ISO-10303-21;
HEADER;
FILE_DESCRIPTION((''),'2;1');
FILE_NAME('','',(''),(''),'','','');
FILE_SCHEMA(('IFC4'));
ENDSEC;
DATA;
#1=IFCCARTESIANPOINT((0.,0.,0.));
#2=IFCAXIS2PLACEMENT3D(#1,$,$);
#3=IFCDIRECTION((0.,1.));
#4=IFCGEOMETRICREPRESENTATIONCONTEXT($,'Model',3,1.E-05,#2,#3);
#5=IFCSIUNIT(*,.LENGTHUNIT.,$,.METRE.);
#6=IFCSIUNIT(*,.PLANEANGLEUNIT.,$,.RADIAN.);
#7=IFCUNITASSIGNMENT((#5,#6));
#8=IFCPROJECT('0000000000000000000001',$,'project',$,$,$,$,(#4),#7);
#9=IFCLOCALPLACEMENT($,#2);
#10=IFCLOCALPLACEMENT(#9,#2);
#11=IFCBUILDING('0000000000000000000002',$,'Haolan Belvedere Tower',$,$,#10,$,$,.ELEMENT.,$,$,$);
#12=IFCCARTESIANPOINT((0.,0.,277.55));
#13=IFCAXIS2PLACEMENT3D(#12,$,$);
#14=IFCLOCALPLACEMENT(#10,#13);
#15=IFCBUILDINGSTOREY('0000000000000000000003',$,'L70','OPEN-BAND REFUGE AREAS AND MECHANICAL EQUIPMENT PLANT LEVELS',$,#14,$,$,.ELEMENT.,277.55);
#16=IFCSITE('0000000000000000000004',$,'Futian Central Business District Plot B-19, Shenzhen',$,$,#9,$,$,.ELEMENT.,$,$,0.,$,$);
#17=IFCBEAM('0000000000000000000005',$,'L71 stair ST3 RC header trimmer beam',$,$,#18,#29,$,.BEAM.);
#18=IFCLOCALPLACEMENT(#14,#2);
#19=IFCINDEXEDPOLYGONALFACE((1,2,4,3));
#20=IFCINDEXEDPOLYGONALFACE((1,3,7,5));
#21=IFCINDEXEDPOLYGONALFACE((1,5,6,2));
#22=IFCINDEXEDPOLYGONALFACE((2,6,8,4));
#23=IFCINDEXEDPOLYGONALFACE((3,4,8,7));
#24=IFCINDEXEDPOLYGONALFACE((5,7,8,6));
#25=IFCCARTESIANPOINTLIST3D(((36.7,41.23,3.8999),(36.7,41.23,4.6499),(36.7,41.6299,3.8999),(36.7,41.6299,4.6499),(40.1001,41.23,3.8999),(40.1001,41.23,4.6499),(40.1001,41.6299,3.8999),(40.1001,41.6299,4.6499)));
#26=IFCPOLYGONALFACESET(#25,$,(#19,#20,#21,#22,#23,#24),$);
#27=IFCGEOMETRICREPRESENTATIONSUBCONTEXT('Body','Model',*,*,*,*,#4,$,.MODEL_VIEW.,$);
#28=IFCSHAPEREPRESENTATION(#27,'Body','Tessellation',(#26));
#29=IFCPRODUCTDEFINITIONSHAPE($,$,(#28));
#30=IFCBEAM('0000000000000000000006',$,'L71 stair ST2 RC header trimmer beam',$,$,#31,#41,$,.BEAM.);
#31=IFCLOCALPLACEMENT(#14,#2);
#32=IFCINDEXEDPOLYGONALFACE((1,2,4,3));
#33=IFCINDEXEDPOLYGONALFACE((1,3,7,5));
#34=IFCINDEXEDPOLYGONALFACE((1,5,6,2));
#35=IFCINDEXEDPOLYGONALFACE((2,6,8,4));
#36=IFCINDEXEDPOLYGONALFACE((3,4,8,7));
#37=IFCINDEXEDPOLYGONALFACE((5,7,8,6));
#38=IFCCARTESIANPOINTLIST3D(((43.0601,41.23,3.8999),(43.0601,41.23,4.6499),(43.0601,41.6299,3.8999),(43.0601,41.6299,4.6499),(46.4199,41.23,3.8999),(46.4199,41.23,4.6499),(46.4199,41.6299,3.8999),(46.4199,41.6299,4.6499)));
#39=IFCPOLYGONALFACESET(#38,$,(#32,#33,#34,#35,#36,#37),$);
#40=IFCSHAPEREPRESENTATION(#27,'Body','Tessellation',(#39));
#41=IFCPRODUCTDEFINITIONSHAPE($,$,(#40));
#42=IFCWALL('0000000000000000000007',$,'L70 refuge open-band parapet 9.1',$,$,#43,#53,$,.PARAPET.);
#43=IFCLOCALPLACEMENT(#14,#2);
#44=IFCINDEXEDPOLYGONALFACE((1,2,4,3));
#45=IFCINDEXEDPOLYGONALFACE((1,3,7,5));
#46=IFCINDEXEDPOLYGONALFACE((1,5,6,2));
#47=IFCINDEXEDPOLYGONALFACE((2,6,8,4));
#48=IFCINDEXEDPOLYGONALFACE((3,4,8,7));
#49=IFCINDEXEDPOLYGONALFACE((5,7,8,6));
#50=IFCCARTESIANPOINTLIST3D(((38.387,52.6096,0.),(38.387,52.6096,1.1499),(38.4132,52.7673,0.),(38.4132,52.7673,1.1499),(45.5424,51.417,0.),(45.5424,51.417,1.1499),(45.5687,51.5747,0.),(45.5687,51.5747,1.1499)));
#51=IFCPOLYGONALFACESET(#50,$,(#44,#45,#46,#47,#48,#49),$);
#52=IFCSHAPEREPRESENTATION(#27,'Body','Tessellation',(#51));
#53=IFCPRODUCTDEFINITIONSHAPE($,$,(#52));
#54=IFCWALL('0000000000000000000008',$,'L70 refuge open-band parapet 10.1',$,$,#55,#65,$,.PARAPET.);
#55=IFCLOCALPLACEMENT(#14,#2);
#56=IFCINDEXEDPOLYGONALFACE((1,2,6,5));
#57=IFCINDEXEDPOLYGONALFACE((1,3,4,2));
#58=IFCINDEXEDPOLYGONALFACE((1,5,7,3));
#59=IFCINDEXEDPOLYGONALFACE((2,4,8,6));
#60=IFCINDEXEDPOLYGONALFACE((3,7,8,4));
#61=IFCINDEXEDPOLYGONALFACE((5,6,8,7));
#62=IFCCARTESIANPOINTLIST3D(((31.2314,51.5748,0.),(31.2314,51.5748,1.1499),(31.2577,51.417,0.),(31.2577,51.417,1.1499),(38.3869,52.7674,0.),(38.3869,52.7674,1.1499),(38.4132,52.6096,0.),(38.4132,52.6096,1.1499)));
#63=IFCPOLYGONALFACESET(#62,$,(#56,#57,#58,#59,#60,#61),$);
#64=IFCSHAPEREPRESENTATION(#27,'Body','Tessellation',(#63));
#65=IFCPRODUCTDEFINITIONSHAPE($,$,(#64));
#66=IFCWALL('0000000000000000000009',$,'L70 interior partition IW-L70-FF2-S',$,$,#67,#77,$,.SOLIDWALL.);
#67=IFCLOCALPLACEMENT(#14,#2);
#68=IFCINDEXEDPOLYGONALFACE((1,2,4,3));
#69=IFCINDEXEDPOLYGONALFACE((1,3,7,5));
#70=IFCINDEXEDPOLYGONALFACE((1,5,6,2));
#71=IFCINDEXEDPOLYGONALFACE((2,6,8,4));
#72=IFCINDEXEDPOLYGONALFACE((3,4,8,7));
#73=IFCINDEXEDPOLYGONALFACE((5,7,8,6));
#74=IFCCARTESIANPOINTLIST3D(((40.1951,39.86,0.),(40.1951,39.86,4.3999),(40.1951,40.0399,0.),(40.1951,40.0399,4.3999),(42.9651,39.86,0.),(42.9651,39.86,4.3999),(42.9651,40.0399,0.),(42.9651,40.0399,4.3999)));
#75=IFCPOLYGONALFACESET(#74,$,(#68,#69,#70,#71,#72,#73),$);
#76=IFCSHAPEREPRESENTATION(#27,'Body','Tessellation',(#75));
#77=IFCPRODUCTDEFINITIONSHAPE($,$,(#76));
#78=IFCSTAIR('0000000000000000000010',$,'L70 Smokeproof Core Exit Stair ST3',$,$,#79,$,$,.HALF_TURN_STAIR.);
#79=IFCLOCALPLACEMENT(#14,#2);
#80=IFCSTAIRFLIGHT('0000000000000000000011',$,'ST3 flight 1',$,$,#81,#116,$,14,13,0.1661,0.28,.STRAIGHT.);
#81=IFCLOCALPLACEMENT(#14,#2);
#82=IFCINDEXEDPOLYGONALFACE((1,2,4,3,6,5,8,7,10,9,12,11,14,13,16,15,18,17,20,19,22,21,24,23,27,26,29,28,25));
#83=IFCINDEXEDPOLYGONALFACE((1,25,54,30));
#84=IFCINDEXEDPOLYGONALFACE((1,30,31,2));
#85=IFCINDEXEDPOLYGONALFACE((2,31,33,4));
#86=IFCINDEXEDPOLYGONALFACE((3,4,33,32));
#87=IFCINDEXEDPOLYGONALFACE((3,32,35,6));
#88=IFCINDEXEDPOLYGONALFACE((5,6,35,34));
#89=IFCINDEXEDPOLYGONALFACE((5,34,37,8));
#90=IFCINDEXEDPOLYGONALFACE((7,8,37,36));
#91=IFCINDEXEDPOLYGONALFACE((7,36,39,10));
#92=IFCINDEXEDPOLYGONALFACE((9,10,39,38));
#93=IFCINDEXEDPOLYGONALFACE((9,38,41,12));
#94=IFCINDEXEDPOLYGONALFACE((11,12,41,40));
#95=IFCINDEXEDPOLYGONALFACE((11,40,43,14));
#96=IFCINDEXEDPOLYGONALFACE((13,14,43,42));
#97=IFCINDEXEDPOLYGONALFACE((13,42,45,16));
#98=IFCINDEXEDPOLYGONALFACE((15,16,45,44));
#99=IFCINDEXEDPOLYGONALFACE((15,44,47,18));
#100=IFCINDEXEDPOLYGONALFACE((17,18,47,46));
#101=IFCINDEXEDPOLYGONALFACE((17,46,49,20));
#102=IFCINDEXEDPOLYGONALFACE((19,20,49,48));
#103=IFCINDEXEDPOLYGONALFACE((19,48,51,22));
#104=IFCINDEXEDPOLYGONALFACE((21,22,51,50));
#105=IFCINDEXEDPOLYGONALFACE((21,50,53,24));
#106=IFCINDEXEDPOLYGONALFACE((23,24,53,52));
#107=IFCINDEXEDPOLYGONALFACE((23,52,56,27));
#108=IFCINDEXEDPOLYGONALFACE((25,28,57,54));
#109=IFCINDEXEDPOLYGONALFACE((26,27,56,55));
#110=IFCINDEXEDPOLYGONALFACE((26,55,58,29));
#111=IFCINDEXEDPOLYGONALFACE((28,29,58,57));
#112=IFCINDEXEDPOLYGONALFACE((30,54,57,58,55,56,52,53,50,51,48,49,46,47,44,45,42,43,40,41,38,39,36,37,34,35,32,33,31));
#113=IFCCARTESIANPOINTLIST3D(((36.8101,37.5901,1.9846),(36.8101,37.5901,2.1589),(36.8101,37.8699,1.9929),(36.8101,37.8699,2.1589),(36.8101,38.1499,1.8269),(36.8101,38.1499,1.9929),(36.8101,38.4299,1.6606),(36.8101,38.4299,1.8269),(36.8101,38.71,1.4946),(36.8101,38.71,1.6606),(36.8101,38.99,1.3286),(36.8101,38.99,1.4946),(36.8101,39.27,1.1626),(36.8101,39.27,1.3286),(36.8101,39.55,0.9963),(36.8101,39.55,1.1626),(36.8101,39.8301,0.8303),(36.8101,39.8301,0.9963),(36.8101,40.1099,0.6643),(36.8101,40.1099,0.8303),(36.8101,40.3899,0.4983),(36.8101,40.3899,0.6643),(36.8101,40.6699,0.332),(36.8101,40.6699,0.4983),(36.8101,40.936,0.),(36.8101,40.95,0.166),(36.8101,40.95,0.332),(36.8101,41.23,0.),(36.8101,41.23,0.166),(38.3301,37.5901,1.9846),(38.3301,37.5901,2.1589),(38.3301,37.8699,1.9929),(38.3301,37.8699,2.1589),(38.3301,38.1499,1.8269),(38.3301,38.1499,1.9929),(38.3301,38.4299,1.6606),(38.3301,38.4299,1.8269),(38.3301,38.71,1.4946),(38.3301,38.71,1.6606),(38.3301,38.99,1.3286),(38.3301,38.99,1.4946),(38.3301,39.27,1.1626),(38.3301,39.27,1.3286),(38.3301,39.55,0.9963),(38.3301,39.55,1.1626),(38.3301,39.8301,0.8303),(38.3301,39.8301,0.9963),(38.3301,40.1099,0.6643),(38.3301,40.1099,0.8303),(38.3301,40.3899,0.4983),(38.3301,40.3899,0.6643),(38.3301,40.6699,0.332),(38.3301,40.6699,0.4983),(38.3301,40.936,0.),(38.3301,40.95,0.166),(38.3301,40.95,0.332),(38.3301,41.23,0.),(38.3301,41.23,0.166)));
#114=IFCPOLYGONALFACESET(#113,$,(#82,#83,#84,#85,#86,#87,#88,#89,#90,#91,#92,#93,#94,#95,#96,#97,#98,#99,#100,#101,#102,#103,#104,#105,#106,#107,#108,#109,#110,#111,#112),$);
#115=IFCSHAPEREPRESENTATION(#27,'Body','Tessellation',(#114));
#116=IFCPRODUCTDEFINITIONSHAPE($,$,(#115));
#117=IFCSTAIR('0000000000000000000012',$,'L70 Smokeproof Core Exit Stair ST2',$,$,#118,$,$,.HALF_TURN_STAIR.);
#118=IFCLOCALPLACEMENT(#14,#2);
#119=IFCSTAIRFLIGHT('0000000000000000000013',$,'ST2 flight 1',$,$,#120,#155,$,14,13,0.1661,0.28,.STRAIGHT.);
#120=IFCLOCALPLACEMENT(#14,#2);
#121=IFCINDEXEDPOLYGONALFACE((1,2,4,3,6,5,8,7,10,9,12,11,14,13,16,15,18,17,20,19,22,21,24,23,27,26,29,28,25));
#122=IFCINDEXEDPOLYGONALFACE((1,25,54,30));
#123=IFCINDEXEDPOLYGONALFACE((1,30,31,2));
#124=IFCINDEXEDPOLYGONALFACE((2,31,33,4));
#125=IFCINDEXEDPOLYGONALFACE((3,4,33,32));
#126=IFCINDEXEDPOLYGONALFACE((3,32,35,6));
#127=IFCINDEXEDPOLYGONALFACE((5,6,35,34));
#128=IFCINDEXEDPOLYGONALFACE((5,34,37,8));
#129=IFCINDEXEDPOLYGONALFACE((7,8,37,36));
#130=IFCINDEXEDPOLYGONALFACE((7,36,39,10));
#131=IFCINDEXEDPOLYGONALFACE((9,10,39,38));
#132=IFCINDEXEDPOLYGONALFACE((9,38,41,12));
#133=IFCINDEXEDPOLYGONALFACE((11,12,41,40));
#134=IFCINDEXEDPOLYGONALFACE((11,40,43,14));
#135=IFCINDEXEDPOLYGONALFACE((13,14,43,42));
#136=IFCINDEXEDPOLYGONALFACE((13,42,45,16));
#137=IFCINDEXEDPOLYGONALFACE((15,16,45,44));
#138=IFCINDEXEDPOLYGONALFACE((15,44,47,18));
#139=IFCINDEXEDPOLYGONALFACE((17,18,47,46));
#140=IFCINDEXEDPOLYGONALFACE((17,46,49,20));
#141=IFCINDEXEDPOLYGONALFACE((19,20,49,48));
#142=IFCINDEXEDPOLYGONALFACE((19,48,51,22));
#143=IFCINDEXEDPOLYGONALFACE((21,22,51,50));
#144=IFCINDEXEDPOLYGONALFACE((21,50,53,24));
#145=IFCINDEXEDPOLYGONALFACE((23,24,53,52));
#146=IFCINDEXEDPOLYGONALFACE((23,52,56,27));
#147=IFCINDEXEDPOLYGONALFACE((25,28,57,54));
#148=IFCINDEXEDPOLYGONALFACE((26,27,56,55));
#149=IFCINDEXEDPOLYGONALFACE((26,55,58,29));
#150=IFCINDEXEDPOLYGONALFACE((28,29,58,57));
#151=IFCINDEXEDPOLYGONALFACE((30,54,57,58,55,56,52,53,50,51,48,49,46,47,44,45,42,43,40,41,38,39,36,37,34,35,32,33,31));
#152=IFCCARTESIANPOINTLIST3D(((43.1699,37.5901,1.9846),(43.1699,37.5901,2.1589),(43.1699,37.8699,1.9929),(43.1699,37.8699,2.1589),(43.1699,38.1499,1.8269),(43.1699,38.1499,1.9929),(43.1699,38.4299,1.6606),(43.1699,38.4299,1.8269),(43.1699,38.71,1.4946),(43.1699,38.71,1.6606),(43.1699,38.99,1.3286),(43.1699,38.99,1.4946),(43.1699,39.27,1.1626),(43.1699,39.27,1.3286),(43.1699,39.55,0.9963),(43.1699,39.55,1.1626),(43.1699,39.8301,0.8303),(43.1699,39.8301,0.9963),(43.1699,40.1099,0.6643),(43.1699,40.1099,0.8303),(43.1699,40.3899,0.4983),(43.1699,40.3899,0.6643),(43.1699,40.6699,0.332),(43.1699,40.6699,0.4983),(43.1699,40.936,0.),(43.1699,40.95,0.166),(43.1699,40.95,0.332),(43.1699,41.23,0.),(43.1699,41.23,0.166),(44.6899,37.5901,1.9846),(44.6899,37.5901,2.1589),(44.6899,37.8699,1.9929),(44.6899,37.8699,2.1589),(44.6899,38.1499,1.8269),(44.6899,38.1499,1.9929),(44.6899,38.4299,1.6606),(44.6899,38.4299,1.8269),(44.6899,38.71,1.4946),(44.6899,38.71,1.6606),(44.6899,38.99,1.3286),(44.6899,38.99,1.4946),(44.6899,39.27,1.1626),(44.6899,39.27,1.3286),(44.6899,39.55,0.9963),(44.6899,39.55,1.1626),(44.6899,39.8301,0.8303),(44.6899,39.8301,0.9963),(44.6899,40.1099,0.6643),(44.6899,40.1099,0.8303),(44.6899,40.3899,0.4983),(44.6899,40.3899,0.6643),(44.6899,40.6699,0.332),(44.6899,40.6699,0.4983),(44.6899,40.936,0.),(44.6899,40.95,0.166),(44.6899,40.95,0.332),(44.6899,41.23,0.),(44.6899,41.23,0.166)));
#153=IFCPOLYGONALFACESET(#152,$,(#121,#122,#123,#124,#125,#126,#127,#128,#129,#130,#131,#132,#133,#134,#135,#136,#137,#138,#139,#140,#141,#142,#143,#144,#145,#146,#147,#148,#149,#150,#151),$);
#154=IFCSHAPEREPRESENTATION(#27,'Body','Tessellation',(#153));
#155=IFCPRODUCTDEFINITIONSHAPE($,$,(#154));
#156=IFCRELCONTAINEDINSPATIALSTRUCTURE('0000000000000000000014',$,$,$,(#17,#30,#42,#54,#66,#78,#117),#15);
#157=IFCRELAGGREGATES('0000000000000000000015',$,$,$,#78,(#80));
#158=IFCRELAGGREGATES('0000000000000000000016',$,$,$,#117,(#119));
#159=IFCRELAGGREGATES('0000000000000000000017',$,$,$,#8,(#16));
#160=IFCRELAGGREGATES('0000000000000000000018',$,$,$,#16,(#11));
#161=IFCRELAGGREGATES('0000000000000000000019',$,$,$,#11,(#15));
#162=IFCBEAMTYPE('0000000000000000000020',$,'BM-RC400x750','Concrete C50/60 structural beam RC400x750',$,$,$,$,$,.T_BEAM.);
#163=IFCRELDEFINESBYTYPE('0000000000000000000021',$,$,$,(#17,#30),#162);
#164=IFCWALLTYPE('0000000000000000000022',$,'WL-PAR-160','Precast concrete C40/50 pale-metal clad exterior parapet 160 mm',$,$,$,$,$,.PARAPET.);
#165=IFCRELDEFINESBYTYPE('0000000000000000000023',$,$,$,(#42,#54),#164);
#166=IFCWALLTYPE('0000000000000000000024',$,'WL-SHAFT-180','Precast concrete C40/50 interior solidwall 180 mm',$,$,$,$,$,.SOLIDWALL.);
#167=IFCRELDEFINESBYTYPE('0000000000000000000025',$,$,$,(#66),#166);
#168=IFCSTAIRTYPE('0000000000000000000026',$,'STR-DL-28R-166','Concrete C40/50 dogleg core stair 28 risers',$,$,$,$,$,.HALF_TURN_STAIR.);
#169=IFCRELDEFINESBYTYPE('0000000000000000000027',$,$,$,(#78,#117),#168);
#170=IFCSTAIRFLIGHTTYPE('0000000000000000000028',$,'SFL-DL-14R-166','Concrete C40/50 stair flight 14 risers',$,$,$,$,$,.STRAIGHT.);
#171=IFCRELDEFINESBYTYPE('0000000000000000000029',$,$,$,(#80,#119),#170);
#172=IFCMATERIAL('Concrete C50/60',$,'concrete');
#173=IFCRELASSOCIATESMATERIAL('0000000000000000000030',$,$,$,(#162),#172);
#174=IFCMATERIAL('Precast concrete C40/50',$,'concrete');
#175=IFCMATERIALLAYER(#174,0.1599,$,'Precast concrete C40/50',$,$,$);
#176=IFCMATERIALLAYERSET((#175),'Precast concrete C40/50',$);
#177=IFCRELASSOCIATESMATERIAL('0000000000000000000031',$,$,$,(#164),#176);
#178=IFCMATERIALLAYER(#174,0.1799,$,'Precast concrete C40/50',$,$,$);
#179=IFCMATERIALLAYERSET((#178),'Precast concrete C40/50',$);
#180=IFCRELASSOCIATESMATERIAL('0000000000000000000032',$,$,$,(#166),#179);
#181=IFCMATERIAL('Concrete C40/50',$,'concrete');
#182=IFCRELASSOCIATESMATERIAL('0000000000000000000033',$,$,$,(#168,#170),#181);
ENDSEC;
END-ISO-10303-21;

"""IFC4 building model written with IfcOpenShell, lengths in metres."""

from ifc_helpers import new_model, si_unit, direction, frame, frame_2d, origin, origin_2d, place, context, subcontext, project, spatial, polyline, rectangle, outline, extrude, material, layer, layer_set, material_profile, profile_set, type_object, element, aggregate, save


model = new_model("IFC4")

# Units and contexts
model_context = context("Model", 3, precision=1e-05, world=origin(), true_north=direction((0.0, 1.0)))
body_context = subcontext(model_context, "Body", "Model", "MODEL_VIEW")
ifc_project = project(units=[si_unit("LENGTHUNIT", "METRE"), si_unit("PLANEANGLEUNIT", "RADIAN")], contexts=[model_context])

# Site, building, storey
site_placement = place(None, origin())
site = spatial("IfcSite", under=ifc_project, at=site_placement, Name="Futian Central Business District Plot B-19, Shenzhen", CompositionType="ELEMENT", RefElevation=0.0)
building_placement = place(site_placement, origin())
building = spatial("IfcBuilding", under=site, at=building_placement, Name="Haolan Belvedere Tower", CompositionType="ELEMENT")
storey_placement = place(building_placement, frame((0.0, 0.0, 277.55)))
storey = spatial("IfcBuildingStorey", under=building, at=storey_placement, Name="L70", Description="OPEN-BAND REFUGE AREAS AND MECHANICAL EQUIPMENT PLANT LEVELS", CompositionType="ELEMENT", Elevation=277.55)

# Beams
ifc_material_1 = material(Name="Concrete C50/60", Category="concrete")
ifc_material_profile_1 = material_profile(ifc_material_1, rectangle(XDim=0.3999, YDim=0.75, at=origin_2d()), Name="Concrete C50/60")
ifc_profile_set_1 = profile_set([ifc_material_profile_1], Name="Concrete C50/60")
beam_type_1 = type_object("IfcBeamType", Name="BM-RC400x750", Description="Concrete C50/60 structural beam RC400x750", PredefinedType="T_BEAM", material=ifc_profile_set_1)
beam_1_placement = place(storey_placement, frame((36.7, 41.4299, 4.2749), z_axis=(1.0, 0.0, 0.0), x_axis=(0.0, 1.0, 0.0)))
element("IfcBeam", 1, at=beam_1_placement, inside=storey, type_object=beam_type_1, Name="L71 stair ST3 RC header trimmer beam", PredefinedType="BEAM", context=body_context, shape_type="SweptSolid", body=[
    extrude(rectangle(XDim=0.3999, YDim=0.75, at=origin_2d()), origin(), (0.0, 0.0, 1.0), 3.4001),
])
beam_2_placement = place(storey_placement, frame((43.0601, 41.4299, 4.2749), z_axis=(1.0, 0.0, 0.0), x_axis=(0.0, 1.0, 0.0)))
element("IfcBeam", 2, at=beam_2_placement, inside=storey, type_object=beam_type_1, Name="L71 stair ST2 RC header trimmer beam", PredefinedType="BEAM", context=body_context, shape_type="SweptSolid", body=[
    extrude(rectangle(XDim=0.3999, YDim=0.75, at=origin_2d()), origin(), (0.0, 0.0, 1.0), 3.3599),
])

# Shared definitions
ifc_material_2 = material(Name="Concrete C40/50", Category="concrete")

# Walls
ifc_material_3 = material(Name="Precast concrete C40/50", Category="concrete")
ifc_layer_1 = layer(ifc_material_3, 0.1599, Name="Precast concrete C40/50")
ifc_layer_set_1 = layer_set([ifc_layer_1], Name="Precast concrete C40/50")
wall_type_1 = type_object("IfcWallType", Name="WL-PAR-160", Description="Precast concrete C40/50 pale-metal clad exterior parapet 160 mm", PredefinedType="PARAPET", material=ifc_layer_set_1)
for number, where, z_axis, x_axis, name in (
    (3, (45.5554, 51.4958, 0.0), (0.0, 0.0, 1.0), (-0.986393, 0.164404, 0.0), "L70 refuge open-band parapet 9.1"),
    (4, (38.3999, 52.6885, 0.0), (0.0, 0.0, 1.0), (-0.986393, -0.164404, 0.0), "L70 refuge open-band parapet 10.1"),
):
    element("IfcWall", number, at=place(storey_placement, frame(where, z_axis=z_axis, x_axis=x_axis)), inside=storey, type_object=wall_type_1, Name=name, PredefinedType="PARAPET", context=body_context, shape_type="SweptSolid", body=[
        extrude(rectangle(XDim=7.2542, YDim=0.1599, at=frame_2d((3.627, 0.0))), origin(), (0.0, 0.0, 1.0), 1.1499),
    ])
ifc_layer_2 = layer(ifc_material_3, 0.1799, Name="Precast concrete C40/50")
ifc_layer_set_2 = layer_set([ifc_layer_2], Name="Precast concrete C40/50")
wall_type_2 = type_object("IfcWallType", Name="WL-SHAFT-180", Description="Precast concrete C40/50 interior solidwall 180 mm", PredefinedType="SOLIDWALL", material=ifc_layer_set_2)
wall_1_placement = place(storey_placement, frame((40.1951, 39.95, 0.0), z_axis=(0.0, 0.0, 1.0), x_axis=(1.0, 0.0, 0.0)))
element("IfcWall", 5, at=wall_1_placement, inside=storey, type_object=wall_type_2, Name="L70 interior partition IW-L70-FF2-S", PredefinedType="SOLIDWALL", context=body_context, shape_type="SweptSolid", body=[
    extrude(rectangle(XDim=2.77, YDim=0.1799, at=frame_2d((1.385, 0.0))), origin(), (0.0, 0.0, 1.0), 4.3999),
])

# Stairs, stair flights
stair_type = type_object("IfcStairType", Name="STR-DL-28R-166", Description="Concrete C40/50 dogleg core stair 28 risers", PredefinedType="HALF_TURN_STAIR", material=ifc_material_2)
stair_1_placement = place(storey_placement, origin())
stair_1 = element("IfcStair", 6, at=stair_1_placement, inside=storey, type_object=stair_type, Name="L70 Smokeproof Core Exit Stair ST3", PredefinedType="HALF_TURN_STAIR")
stair_flight_type = type_object("IfcStairFlightType", Name="SFL-DL-14R-166", Description="Concrete C40/50 stair flight 14 risers", PredefinedType="STRAIGHT", material=ifc_material_2)
stair_flight_1_placement = place(storey_placement, frame((37.5701, 41.23, 0.0), z_axis=(0.0, 0.0, 1.0), x_axis=(0.0, -1.0, 0.0)))
stair_flight_1 = element("IfcStairFlight", 7, at=stair_flight_1_placement, type_object=stair_flight_type, Name="ST3 flight 1", NumberOfRisers=14, NumberOfTreads=13, PredefinedType="STRAIGHT", RiserHeight=0.1661, TreadLength=0.28, context=body_context, shape_type="SweptSolid", body=[
    extrude(outline(polyline([(0.0, 0.0), (0.0, 0.166), (0.28, 0.166), (0.28, 0.332), (0.5601, 0.332), (0.5601, 0.4983), (0.8401, 0.4983), (0.8401, 0.6643), (1.1201, 0.6643), (1.1201, 0.8303), (1.3999, 0.8303), (1.3999, 0.9963), (1.6799, 0.9963), (1.6799, 1.1626), (1.96, 1.1626), (1.96, 1.3286), (2.24, 1.3286), (2.24, 1.4946), (2.52, 1.4946), (2.52, 1.6606), (2.8, 1.6606), (2.8, 1.8269), (3.0801, 1.8269), (3.0801, 1.9929), (3.3601, 1.9929), (3.3601, 2.1589), (3.6399, 2.1589), (3.6399, 2.325), (3.6399, 1.9846), (0.2939, 0.0), (0.0, 0.0)])), frame((0.0, 0.76, 0.0), z_axis=(0.0, -1.0, 0.0), x_axis=(1.0, 0.0, 0.0)), (0.0, 0.0, 1.0), 1.52),
])
aggregate(stair_1, [stair_flight_1])
stair_2_placement = place(storey_placement, origin())
stair_2 = element("IfcStair", 8, at=stair_2_placement, inside=storey, type_object=stair_type, Name="L70 Smokeproof Core Exit Stair ST2", PredefinedType="HALF_TURN_STAIR")
stair_flight_2_placement = place(storey_placement, frame((43.9299, 41.23, 0.0), z_axis=(0.0, 0.0, 1.0), x_axis=(0.0, -1.0, 0.0)))
stair_flight_2 = element("IfcStairFlight", 9, at=stair_flight_2_placement, type_object=stair_flight_type, Name="ST2 flight 1", NumberOfRisers=14, NumberOfTreads=13, PredefinedType="STRAIGHT", RiserHeight=0.1661, TreadLength=0.28, context=body_context, shape_type="SweptSolid", body=[
    extrude(outline(polyline([(0.0, 0.0), (0.0, 0.166), (0.28, 0.166), (0.28, 0.332), (0.5601, 0.332), (0.5601, 0.4983), (0.8401, 0.4983), (0.8401, 0.6643), (1.1201, 0.6643), (1.1201, 0.8303), (1.3999, 0.8303), (1.3999, 0.9963), (1.6799, 0.9963), (1.6799, 1.1626), (1.96, 1.1626), (1.96, 1.3286), (2.24, 1.3286), (2.24, 1.4946), (2.52, 1.4946), (2.52, 1.6606), (2.8, 1.6606), (2.8, 1.8269), (3.0801, 1.8269), (3.0801, 1.9929), (3.3601, 1.9929), (3.3601, 2.1589), (3.6399, 2.1589), (3.6399, 2.325), (3.6399, 1.9846), (0.2939, 0.0), (0.0, 0.0)])), frame((0.0, 0.76, 0.0), z_axis=(0.0, -1.0, 0.0), x_axis=(1.0, 0.0, 0.0)), (0.0, 0.0, 1.0), 1.52),
])
aggregate(stair_2, [stair_flight_2])

save(model, "model.ifc")
